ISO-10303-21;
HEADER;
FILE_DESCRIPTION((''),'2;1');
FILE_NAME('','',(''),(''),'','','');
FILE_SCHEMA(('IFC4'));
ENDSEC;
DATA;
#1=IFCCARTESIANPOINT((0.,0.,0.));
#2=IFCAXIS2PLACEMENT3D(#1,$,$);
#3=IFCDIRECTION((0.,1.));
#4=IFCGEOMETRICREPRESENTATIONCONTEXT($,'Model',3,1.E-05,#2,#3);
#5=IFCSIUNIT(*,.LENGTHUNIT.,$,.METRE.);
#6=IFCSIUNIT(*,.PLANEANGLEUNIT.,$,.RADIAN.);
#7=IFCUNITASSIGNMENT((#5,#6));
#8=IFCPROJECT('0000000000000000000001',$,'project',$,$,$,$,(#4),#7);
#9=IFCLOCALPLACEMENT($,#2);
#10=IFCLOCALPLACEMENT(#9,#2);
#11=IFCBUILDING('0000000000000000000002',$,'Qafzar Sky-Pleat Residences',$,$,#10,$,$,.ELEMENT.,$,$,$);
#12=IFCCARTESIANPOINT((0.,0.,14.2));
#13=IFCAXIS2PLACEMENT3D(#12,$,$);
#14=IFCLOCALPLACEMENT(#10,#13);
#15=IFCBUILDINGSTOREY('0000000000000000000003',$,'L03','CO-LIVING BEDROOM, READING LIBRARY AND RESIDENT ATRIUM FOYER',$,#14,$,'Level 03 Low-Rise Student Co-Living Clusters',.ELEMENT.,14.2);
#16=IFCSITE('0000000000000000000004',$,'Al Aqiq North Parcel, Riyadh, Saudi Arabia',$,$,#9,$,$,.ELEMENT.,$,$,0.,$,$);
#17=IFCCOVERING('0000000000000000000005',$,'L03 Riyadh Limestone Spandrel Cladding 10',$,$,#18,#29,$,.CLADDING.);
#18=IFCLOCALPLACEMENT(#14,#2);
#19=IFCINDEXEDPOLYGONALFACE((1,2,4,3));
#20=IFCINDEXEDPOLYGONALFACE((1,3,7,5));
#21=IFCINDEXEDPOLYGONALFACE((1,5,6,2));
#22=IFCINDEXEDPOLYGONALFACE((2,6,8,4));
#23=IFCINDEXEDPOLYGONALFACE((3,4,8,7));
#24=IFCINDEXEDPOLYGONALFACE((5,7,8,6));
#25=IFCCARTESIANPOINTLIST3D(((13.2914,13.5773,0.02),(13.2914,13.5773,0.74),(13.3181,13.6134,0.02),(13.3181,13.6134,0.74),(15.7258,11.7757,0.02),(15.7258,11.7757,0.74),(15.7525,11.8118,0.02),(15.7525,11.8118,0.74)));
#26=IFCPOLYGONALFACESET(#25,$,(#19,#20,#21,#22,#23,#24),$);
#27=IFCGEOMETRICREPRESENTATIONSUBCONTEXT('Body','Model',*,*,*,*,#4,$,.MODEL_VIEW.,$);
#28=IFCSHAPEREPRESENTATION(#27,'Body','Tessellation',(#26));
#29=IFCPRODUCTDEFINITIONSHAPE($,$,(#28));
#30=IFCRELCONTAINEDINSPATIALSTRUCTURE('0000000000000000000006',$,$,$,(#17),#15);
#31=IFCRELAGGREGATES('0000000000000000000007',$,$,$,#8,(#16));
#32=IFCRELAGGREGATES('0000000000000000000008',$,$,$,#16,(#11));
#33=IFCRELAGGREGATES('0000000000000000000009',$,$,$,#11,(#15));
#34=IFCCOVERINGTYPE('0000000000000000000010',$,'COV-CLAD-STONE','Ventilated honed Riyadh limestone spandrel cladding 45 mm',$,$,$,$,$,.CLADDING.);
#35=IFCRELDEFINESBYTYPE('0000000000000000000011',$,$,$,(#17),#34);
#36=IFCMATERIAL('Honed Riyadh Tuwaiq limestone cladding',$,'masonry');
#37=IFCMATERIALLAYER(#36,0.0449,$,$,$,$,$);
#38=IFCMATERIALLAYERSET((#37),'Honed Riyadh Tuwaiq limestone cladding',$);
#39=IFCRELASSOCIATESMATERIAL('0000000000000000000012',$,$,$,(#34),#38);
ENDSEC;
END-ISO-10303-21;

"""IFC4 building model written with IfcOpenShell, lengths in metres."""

from ifc_helpers import new_model, si_unit, direction, frame, origin, origin_2d, place, context, subcontext, project, spatial, rectangle, extrude, source, transform, mapped, material, layer, layer_set, type_object, element, save


model = new_model("IFC4")

# Units and contexts
model_context = context("Model", 3, precision=1e-05, world=origin(), true_north=direction((0.0, 1.0)))
body_context = subcontext(model_context, "Body", "Model", "MODEL_VIEW")
ifc_project = project(units=[si_unit("LENGTHUNIT", "METRE"), si_unit("PLANEANGLEUNIT", "RADIAN")], contexts=[model_context])

# Site, building, storey
site_placement = place(None, origin())
site = spatial("IfcSite", under=ifc_project, at=site_placement, Name="Al Aqiq North Parcel, Riyadh, Saudi Arabia", CompositionType="ELEMENT", RefElevation=0.0)
building_placement = place(site_placement, origin())
building = spatial("IfcBuilding", under=site, at=building_placement, Name="Qafzar Sky-Pleat Residences", CompositionType="ELEMENT")
storey_placement = place(building_placement, frame((0.0, 0.0, 14.2)))
storey = spatial("IfcBuildingStorey", under=building, at=storey_placement, Name="L03", Description="CO-LIVING BEDROOM, READING LIBRARY AND RESIDENT ATRIUM FOYER", LongName="Level 03 Low-Rise Student Co-Living Clusters", CompositionType="ELEMENT", Elevation=14.2)

# Covering
ifc_material_1 = material(Name="Honed Riyadh Tuwaiq limestone cladding", Category="masonry")
ifc_layer_1 = layer(ifc_material_1, 0.0449)
ifc_layer_set_1 = layer_set([ifc_layer_1], Name="Honed Riyadh Tuwaiq limestone cladding")
covering_type_1 = type_object("IfcCoveringType", Name="COV-CLAD-STONE", Description="Ventilated honed Riyadh limestone spandrel cladding 45 mm", PredefinedType="CLADDING", material=ifc_layer_set_1)
shared_shape_1 = source(origin(), body_context, "Body", "SweptSolid", [
    extrude(rectangle(XDim=3.0286, YDim=0.0449, at=origin_2d()), origin(), (0.0, 0.0, 1.0), 0.72),
])
covering_1_placement = place(storey_placement, frame((14.522, 12.6946, 0.02), z_axis=(0.0, 0.0, 1.0), x_axis=(0.803817, -0.594876, 0.0)))
element("IfcCovering", 1, at=covering_1_placement, inside=storey, type_object=covering_type_1, Name="L03 Riyadh Limestone Spandrel Cladding 10", PredefinedType="CLADDING", context=body_context, shape_type="MappedRepresentation", body=[
    mapped(shared_shape_1, transform((0.0, 0.0, 0.0), x_axis=(1.0, 0.0, 0.0), y_axis=(0.0, 1.0, 0.0), z_axis=(0.0, 0.0, 1.0), scale=1.0)),
])

save(model, "model.ifc")
